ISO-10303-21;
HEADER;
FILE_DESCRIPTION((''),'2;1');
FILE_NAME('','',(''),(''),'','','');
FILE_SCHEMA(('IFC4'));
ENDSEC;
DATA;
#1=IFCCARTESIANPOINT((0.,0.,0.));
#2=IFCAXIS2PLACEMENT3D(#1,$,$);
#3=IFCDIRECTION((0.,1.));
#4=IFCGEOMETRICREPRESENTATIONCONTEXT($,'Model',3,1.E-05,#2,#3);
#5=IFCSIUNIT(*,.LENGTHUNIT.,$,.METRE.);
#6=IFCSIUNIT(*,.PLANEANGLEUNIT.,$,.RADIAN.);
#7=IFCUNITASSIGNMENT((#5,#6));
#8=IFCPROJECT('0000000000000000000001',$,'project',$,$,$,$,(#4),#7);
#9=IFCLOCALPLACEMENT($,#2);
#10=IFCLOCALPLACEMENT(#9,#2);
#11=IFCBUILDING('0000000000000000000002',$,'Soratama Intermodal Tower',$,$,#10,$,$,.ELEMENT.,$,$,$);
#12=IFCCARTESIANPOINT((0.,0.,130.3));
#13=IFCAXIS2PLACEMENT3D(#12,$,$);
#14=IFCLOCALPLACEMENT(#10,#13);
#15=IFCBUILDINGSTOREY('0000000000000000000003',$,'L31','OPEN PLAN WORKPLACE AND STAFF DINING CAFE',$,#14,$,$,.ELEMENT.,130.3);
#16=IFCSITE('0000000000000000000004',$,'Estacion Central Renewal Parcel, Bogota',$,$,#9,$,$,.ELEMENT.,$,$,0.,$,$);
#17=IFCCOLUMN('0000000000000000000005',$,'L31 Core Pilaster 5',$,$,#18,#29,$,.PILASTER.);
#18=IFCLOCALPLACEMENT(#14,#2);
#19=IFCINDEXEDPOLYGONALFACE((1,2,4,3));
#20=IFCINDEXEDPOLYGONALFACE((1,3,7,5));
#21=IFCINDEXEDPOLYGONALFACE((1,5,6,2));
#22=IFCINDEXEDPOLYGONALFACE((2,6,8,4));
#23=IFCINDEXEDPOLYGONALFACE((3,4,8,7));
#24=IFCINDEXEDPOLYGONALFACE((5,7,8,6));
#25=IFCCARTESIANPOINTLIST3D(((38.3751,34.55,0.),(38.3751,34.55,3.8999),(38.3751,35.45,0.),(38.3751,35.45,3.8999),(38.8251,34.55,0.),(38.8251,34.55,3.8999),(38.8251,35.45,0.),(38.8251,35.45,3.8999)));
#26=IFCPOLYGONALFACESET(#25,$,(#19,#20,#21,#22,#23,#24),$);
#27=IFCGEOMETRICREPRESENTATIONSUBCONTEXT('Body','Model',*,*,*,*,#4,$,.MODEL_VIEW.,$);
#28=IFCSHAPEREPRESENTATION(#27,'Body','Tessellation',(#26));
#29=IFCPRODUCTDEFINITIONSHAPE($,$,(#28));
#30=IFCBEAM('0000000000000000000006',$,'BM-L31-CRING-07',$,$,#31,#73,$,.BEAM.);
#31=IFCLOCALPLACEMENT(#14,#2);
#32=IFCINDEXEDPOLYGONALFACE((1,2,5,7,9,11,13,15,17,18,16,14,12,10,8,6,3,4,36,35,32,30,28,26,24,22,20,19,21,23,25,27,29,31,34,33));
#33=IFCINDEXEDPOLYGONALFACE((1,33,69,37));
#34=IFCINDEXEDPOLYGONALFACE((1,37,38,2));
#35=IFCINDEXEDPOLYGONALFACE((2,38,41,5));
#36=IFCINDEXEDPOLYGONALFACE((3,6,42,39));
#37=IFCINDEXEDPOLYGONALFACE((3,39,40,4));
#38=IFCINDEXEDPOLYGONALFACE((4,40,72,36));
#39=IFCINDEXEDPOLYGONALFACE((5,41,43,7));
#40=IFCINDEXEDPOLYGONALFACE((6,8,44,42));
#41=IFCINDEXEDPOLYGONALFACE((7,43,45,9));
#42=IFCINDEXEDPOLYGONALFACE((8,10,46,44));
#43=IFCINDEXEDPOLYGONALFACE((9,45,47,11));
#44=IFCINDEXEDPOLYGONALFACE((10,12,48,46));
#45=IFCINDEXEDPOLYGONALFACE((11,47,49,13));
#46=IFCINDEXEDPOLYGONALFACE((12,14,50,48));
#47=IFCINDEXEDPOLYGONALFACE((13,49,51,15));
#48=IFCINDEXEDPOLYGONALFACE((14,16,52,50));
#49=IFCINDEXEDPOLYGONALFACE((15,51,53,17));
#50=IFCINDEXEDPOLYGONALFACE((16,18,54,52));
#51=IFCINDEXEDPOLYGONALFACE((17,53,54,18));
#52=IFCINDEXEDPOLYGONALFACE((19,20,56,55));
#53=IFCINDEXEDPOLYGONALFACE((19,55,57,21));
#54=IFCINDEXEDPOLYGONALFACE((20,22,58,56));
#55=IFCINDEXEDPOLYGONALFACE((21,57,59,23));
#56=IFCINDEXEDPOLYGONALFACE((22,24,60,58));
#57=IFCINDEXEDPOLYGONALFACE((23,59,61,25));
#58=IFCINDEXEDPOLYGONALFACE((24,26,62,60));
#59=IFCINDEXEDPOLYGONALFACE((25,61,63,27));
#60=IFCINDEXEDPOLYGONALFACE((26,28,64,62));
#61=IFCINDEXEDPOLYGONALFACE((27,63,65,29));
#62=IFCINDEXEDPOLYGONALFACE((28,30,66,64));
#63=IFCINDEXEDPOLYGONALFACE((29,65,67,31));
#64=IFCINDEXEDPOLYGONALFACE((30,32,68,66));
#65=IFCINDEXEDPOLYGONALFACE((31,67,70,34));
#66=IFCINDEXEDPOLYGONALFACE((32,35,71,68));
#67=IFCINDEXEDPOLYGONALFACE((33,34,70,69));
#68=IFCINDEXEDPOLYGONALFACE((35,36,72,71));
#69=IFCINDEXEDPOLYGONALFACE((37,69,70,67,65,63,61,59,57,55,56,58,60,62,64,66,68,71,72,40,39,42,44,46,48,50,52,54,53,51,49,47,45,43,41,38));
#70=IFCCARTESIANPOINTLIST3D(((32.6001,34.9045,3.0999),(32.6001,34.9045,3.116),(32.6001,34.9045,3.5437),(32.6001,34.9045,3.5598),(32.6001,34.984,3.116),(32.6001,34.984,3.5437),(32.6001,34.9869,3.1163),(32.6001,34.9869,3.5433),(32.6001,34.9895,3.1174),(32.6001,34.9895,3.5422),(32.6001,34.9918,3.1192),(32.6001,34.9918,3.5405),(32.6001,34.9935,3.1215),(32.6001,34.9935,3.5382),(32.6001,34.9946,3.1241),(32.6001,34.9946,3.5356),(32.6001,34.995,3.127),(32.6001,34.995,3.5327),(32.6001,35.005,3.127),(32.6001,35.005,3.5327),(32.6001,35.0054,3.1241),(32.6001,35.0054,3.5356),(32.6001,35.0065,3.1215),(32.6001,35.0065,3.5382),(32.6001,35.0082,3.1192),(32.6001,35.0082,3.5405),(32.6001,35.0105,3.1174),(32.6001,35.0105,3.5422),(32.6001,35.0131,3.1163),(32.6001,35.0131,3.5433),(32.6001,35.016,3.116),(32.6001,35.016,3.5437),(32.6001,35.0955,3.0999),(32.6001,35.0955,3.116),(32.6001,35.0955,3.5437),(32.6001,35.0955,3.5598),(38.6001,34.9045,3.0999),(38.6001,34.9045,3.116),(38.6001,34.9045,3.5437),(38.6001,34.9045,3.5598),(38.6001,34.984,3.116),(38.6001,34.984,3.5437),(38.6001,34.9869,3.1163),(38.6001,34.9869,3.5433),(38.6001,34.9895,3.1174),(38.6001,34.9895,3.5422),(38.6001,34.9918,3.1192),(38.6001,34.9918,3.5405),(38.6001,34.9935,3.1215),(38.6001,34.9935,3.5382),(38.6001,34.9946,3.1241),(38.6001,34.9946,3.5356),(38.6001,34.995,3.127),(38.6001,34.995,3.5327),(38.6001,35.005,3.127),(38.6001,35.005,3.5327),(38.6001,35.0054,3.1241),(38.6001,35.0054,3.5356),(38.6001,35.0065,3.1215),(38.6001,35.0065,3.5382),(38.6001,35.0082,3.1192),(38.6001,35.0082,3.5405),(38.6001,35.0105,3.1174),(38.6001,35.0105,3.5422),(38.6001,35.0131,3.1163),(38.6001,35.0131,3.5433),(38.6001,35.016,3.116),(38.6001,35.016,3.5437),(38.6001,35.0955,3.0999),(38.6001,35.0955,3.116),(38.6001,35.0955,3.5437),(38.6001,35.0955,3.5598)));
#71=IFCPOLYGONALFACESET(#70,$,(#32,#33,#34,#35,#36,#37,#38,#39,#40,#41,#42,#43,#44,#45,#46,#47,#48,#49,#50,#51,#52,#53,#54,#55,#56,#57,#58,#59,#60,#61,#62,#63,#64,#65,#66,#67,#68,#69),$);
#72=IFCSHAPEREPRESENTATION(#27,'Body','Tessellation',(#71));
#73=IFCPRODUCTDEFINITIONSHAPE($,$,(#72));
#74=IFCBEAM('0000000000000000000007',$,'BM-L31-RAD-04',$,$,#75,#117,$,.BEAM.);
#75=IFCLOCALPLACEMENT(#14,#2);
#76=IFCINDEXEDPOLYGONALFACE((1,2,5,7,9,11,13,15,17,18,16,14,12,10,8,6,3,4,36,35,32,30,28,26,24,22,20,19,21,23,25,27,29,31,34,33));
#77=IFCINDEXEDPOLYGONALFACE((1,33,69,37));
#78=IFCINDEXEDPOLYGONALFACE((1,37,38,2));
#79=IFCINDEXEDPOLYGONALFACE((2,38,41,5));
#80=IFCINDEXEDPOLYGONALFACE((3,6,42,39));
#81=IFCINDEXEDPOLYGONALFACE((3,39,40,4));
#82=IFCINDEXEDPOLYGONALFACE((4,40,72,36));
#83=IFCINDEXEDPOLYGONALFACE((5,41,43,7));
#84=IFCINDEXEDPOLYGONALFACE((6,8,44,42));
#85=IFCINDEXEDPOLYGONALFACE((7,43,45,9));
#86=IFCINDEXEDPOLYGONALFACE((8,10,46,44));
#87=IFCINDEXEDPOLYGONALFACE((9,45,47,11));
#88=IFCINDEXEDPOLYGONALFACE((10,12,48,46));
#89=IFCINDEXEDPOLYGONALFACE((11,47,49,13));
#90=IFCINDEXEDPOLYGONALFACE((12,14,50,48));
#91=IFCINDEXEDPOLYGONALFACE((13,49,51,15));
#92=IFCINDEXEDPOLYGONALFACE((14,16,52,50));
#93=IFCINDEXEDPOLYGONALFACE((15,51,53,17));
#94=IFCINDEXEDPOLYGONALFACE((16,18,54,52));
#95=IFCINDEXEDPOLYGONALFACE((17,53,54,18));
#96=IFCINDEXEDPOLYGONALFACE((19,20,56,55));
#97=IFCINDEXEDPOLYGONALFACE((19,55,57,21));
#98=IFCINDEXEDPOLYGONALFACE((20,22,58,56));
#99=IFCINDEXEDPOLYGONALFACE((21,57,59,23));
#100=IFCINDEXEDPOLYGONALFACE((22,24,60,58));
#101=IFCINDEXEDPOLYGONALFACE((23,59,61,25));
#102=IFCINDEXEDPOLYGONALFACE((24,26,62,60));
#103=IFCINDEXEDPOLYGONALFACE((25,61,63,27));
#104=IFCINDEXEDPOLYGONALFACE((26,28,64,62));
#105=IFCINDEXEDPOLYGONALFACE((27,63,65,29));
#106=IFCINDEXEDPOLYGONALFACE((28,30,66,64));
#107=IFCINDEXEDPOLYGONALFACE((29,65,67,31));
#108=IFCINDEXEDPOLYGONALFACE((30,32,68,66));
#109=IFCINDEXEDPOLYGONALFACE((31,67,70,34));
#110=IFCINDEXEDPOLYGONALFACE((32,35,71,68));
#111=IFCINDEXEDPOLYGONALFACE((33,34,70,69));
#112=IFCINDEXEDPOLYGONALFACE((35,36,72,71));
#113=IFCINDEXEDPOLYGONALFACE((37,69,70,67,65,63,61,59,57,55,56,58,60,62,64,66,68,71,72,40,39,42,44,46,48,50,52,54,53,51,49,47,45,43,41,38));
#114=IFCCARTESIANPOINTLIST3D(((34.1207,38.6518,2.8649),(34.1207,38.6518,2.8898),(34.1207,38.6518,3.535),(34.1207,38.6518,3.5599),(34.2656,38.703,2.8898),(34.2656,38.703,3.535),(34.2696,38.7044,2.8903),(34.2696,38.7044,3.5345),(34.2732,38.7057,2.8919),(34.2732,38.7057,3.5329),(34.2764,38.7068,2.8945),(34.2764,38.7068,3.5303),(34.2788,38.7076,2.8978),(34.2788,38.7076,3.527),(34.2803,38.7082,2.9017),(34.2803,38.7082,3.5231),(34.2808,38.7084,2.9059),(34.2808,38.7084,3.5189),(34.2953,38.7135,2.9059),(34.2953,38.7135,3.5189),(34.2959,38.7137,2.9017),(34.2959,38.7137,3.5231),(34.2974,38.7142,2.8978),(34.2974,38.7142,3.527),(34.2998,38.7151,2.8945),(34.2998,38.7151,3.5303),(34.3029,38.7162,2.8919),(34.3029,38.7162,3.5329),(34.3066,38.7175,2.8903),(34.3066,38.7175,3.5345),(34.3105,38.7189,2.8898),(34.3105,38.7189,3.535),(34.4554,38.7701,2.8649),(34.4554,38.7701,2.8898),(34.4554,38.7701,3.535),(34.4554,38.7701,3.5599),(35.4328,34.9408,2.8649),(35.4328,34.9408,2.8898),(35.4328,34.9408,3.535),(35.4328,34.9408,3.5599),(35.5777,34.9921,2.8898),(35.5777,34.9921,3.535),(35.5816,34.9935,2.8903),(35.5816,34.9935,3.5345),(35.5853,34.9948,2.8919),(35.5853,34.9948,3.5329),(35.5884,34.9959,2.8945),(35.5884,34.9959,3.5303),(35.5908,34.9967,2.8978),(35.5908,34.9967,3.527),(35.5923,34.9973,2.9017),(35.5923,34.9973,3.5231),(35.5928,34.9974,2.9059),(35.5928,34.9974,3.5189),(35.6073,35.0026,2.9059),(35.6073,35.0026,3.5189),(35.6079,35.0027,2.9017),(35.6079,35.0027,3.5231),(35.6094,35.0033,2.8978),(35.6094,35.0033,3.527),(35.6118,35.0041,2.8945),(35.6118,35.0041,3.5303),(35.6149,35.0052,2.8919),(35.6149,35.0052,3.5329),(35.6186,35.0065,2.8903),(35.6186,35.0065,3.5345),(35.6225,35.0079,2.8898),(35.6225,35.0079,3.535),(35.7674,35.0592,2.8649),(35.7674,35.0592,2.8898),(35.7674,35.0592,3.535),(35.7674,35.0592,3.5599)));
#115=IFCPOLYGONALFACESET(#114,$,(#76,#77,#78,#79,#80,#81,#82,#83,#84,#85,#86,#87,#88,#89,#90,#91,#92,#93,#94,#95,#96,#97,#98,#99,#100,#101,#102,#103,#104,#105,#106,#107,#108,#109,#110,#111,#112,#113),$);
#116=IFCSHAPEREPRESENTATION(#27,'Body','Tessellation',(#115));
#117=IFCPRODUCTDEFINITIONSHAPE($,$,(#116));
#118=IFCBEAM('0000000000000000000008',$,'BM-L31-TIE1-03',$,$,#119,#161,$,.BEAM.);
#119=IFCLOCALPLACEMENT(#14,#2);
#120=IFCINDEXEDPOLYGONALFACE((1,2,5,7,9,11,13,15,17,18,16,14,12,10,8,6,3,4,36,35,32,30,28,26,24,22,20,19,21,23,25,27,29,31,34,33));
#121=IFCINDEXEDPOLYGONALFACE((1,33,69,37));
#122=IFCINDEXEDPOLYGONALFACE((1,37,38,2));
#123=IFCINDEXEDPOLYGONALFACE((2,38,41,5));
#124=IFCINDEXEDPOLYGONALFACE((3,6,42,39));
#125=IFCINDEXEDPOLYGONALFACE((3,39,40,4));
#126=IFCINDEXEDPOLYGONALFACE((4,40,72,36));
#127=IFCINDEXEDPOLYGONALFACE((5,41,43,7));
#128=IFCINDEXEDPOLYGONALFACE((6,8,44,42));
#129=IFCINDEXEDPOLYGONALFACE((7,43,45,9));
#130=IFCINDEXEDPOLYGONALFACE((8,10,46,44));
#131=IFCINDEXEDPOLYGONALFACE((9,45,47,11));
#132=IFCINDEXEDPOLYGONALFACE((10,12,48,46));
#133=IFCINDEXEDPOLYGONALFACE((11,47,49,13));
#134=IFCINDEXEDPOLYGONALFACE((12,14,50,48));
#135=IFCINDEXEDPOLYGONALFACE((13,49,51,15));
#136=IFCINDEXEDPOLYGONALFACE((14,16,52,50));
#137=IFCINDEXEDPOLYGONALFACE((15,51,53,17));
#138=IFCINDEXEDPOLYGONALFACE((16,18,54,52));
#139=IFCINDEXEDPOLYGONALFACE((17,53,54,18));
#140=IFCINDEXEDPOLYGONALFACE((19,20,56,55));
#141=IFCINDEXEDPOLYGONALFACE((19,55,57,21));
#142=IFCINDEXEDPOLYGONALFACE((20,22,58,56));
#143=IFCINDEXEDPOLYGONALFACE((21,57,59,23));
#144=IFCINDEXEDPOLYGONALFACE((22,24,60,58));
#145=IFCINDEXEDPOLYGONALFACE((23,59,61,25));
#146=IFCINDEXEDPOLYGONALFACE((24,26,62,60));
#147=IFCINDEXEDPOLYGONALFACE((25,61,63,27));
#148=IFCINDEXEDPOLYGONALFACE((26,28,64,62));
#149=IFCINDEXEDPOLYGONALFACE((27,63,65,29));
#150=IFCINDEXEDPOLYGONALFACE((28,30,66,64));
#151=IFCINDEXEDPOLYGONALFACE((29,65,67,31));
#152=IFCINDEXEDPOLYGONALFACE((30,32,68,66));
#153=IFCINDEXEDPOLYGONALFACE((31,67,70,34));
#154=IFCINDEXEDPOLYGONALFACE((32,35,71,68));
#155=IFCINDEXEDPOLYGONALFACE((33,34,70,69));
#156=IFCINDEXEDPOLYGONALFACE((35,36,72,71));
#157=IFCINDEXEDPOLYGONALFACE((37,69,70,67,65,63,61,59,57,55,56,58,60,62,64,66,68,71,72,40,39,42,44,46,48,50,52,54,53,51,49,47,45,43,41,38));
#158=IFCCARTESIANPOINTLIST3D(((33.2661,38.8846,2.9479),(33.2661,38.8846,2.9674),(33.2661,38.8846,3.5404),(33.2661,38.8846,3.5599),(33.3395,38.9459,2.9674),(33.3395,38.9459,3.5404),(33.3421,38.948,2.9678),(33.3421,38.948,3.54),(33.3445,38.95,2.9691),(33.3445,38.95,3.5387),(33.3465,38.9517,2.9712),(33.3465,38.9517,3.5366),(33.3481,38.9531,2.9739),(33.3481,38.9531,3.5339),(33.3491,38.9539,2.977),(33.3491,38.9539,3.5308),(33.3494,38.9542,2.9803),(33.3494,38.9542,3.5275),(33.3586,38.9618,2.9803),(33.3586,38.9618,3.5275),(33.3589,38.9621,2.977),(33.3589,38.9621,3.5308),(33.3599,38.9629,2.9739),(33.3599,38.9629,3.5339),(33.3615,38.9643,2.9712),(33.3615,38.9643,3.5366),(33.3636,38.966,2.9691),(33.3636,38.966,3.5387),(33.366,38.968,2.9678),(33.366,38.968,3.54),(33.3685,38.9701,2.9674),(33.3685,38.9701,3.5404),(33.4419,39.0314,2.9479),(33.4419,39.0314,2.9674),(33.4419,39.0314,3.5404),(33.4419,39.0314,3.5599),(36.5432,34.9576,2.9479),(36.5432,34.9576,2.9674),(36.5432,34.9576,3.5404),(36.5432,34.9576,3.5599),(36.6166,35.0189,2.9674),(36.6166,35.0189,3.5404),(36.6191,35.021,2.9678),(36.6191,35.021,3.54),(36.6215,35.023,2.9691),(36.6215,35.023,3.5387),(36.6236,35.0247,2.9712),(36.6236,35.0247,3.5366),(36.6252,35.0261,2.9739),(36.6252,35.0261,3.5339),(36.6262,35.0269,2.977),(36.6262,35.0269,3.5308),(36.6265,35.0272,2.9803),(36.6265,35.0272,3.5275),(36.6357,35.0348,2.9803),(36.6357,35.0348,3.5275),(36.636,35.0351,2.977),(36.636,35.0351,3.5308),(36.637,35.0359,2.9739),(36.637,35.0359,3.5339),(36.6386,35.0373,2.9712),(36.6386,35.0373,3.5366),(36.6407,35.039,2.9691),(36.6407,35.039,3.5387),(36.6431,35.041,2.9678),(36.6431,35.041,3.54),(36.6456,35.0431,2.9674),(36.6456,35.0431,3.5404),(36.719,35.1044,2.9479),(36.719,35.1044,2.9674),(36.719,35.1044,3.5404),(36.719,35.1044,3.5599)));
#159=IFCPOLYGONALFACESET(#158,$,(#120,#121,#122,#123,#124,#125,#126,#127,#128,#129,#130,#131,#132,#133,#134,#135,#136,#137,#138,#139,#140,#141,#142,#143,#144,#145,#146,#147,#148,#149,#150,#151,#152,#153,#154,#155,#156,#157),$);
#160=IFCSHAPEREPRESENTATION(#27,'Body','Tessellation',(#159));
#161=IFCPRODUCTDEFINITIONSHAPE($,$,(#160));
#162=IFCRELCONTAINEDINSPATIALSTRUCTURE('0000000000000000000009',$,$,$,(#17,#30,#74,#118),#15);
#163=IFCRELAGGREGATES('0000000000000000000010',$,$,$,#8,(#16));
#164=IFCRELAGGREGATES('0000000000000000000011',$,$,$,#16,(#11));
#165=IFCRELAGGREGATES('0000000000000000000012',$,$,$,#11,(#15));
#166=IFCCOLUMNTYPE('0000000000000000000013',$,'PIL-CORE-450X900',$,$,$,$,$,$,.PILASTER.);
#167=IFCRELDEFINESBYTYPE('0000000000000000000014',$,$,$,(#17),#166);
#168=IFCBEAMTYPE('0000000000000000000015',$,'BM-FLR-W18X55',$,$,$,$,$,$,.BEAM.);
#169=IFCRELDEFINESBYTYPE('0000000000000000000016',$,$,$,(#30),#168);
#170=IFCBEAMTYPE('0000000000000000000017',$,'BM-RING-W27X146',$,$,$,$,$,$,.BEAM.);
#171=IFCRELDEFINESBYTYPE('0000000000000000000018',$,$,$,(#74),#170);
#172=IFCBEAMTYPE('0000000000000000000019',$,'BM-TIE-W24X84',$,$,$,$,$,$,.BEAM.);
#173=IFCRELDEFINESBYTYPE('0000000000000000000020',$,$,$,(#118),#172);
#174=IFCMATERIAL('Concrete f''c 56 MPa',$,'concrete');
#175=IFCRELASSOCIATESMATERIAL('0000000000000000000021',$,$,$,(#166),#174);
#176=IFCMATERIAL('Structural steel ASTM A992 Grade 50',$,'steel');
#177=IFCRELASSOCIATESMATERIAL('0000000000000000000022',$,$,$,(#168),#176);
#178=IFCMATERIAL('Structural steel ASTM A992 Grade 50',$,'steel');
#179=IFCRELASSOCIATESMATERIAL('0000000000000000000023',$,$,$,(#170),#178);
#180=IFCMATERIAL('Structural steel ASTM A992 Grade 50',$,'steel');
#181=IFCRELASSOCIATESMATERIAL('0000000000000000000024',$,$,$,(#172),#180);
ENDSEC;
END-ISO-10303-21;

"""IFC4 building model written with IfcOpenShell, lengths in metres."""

from ifc_helpers import new_model, si_unit, direction, frame, origin, origin_2d, place, context, subcontext, project, spatial, rectangle, i_section, extrude, material, material_profile, profile_set, type_object, element, save


model = new_model("IFC4")

# Units and contexts
model_context = context("Model", 3, precision=1e-05, world=origin(), true_north=direction((0.0, 1.0)))
body_context = subcontext(model_context, "Body", "Model", "MODEL_VIEW")
ifc_project = project(units=[si_unit("LENGTHUNIT", "METRE"), si_unit("PLANEANGLEUNIT", "RADIAN")], contexts=[model_context])

# Site, building, storey
site_placement = place(None, origin())
site = spatial("IfcSite", under=ifc_project, at=site_placement, Name="Estacion Central Renewal Parcel, Bogota", CompositionType="ELEMENT", RefElevation=0.0)
building_placement = place(site_placement, origin())
building = spatial("IfcBuilding", under=site, at=building_placement, Name="Soratama Intermodal Tower", CompositionType="ELEMENT")
storey_placement = place(building_placement, frame((0.0, 0.0, 130.3)))
storey = spatial("IfcBuildingStorey", under=building, at=storey_placement, Name="L31", Description="OPEN PLAN WORKPLACE AND STAFF DINING CAFE", CompositionType="ELEMENT", Elevation=130.3)

# Column
ifc_material_1 = material(Name="Concrete f'c 56 MPa", Category="concrete")
ifc_material_profile_1 = material_profile(ifc_material_1, rectangle(XDim=0.45, YDim=0.8999, at=origin_2d()), Name="RC450X900")
ifc_profile_set_1 = profile_set([ifc_material_profile_1], Name="Concrete f'c 56 MPa")
column_type = type_object("IfcColumnType", Name="PIL-CORE-450X900", PredefinedType="PILASTER", material=ifc_profile_set_1)
column_placement = place(storey_placement, frame((38.6001, 35.0, 0.0), z_axis=(0.0, 0.0, 1.0), x_axis=(1.0, 0.0, 0.0)))
element("IfcColumn", 1, at=column_placement, inside=storey, type_object=column_type, Name="L31 Core Pilaster 5", PredefinedType="PILASTER", context=body_context, shape_type="SweptSolid", body=[
    extrude(rectangle(XDim=0.45, YDim=0.8999, at=origin_2d()), origin(), (0.0, 0.0, 1.0), 3.8999),
])

# Beams
ifc_material_2 = material(Name="Structural steel ASTM A992 Grade 50", Category="steel")
ifc_material_profile_2 = material_profile(ifc_material_2, i_section(OverallWidth=0.1909, OverallDepth=0.46, WebThickness=0.01, FlangeThickness=0.0161, FilletRadius=0.011, at=origin_2d()), Name="W18X55")
ifc_profile_set_2 = profile_set([ifc_material_profile_2], Name="Structural steel ASTM A992 Grade 50")
beam_type_1 = type_object("IfcBeamType", Name="BM-FLR-W18X55", PredefinedType="BEAM", material=ifc_profile_set_2)
beam_1_placement = place(storey_placement, frame((38.6001, 35.0, 3.3298), z_axis=(-1.0, 0.0, 0.0), x_axis=(0.0, -1.0, 0.0)))
element("IfcBeam", 2, at=beam_1_placement, inside=storey, type_object=beam_type_1, Name="BM-L31-CRING-07", PredefinedType="BEAM", context=body_context, shape_type="SweptSolid", body=[
    extrude(i_section(OverallWidth=0.1909, OverallDepth=0.46, WebThickness=0.01, FlangeThickness=0.0161, FilletRadius=0.011, at=origin_2d()), origin(), (0.0, 0.0, 1.0), 6.0),
])
ifc_material_3 = material(Name="Structural steel ASTM A992 Grade 50", Category="steel")
ifc_material_profile_3 = material_profile(ifc_material_3, i_section(OverallWidth=0.355, OverallDepth=0.6951, WebThickness=0.0154, FlangeThickness=0.0249, FilletRadius=0.0161, at=origin_2d()), Name="W27X146")
ifc_profile_set_3 = profile_set([ifc_material_profile_3], Name="Structural steel ASTM A992 Grade 50")
beam_type_2 = type_object("IfcBeamType", Name="BM-RING-W27X146", PredefinedType="BEAM", material=ifc_profile_set_3)
beam_2_placement = place(storey_placement, frame((35.6001, 35.0, 3.2124), z_axis=(-0.333333, 0.942809, 0.0), x_axis=(-0.942809, -0.333333, 0.0)))
element("IfcBeam", 3, at=beam_2_placement, inside=storey, type_object=beam_type_2, Name="BM-L31-RAD-04", PredefinedType="BEAM", context=body_context, shape_type="SweptSolid", body=[
    extrude(i_section(OverallWidth=0.355, OverallDepth=0.6951, WebThickness=0.0154, FlangeThickness=0.0249, FilletRadius=0.0161, at=origin_2d()), origin(), (0.0, 0.0, 1.0), 3.936),
])
ifc_material_4 = material(Name="Structural steel ASTM A992 Grade 50", Category="steel")
ifc_material_profile_4 = material_profile(ifc_material_4, i_section(OverallWidth=0.229, OverallDepth=0.6121, WebThickness=0.012, FlangeThickness=0.0195, FilletRadius=0.0129, at=origin_2d()), Name="W24X84")
ifc_profile_set_4 = profile_set([ifc_material_profile_4], Name="Structural steel ASTM A992 Grade 50")
beam_type_3 = type_object("IfcBeamType", Name="BM-TIE-W24X84", PredefinedType="BEAM", material=ifc_profile_set_4)
beam_3_placement = place(storey_placement, frame((36.6311, 35.031, 3.2539), z_axis=(-0.640715, 0.767779, 0.0), x_axis=(-0.767779, -0.640715, 0.0)))
element("IfcBeam", 4, at=beam_3_placement, inside=storey, type_object=beam_type_3, Name="BM-L31-TIE1-03", PredefinedType="BEAM", context=body_context, shape_type="SweptSolid", body=[
    extrude(i_section(OverallWidth=0.229, OverallDepth=0.6121, WebThickness=0.012, FlangeThickness=0.0195, FilletRadius=0.0129, at=origin_2d()), origin(), (0.0, 0.0, 1.0), 5.1147),
])

save(model, "model.ifc")
